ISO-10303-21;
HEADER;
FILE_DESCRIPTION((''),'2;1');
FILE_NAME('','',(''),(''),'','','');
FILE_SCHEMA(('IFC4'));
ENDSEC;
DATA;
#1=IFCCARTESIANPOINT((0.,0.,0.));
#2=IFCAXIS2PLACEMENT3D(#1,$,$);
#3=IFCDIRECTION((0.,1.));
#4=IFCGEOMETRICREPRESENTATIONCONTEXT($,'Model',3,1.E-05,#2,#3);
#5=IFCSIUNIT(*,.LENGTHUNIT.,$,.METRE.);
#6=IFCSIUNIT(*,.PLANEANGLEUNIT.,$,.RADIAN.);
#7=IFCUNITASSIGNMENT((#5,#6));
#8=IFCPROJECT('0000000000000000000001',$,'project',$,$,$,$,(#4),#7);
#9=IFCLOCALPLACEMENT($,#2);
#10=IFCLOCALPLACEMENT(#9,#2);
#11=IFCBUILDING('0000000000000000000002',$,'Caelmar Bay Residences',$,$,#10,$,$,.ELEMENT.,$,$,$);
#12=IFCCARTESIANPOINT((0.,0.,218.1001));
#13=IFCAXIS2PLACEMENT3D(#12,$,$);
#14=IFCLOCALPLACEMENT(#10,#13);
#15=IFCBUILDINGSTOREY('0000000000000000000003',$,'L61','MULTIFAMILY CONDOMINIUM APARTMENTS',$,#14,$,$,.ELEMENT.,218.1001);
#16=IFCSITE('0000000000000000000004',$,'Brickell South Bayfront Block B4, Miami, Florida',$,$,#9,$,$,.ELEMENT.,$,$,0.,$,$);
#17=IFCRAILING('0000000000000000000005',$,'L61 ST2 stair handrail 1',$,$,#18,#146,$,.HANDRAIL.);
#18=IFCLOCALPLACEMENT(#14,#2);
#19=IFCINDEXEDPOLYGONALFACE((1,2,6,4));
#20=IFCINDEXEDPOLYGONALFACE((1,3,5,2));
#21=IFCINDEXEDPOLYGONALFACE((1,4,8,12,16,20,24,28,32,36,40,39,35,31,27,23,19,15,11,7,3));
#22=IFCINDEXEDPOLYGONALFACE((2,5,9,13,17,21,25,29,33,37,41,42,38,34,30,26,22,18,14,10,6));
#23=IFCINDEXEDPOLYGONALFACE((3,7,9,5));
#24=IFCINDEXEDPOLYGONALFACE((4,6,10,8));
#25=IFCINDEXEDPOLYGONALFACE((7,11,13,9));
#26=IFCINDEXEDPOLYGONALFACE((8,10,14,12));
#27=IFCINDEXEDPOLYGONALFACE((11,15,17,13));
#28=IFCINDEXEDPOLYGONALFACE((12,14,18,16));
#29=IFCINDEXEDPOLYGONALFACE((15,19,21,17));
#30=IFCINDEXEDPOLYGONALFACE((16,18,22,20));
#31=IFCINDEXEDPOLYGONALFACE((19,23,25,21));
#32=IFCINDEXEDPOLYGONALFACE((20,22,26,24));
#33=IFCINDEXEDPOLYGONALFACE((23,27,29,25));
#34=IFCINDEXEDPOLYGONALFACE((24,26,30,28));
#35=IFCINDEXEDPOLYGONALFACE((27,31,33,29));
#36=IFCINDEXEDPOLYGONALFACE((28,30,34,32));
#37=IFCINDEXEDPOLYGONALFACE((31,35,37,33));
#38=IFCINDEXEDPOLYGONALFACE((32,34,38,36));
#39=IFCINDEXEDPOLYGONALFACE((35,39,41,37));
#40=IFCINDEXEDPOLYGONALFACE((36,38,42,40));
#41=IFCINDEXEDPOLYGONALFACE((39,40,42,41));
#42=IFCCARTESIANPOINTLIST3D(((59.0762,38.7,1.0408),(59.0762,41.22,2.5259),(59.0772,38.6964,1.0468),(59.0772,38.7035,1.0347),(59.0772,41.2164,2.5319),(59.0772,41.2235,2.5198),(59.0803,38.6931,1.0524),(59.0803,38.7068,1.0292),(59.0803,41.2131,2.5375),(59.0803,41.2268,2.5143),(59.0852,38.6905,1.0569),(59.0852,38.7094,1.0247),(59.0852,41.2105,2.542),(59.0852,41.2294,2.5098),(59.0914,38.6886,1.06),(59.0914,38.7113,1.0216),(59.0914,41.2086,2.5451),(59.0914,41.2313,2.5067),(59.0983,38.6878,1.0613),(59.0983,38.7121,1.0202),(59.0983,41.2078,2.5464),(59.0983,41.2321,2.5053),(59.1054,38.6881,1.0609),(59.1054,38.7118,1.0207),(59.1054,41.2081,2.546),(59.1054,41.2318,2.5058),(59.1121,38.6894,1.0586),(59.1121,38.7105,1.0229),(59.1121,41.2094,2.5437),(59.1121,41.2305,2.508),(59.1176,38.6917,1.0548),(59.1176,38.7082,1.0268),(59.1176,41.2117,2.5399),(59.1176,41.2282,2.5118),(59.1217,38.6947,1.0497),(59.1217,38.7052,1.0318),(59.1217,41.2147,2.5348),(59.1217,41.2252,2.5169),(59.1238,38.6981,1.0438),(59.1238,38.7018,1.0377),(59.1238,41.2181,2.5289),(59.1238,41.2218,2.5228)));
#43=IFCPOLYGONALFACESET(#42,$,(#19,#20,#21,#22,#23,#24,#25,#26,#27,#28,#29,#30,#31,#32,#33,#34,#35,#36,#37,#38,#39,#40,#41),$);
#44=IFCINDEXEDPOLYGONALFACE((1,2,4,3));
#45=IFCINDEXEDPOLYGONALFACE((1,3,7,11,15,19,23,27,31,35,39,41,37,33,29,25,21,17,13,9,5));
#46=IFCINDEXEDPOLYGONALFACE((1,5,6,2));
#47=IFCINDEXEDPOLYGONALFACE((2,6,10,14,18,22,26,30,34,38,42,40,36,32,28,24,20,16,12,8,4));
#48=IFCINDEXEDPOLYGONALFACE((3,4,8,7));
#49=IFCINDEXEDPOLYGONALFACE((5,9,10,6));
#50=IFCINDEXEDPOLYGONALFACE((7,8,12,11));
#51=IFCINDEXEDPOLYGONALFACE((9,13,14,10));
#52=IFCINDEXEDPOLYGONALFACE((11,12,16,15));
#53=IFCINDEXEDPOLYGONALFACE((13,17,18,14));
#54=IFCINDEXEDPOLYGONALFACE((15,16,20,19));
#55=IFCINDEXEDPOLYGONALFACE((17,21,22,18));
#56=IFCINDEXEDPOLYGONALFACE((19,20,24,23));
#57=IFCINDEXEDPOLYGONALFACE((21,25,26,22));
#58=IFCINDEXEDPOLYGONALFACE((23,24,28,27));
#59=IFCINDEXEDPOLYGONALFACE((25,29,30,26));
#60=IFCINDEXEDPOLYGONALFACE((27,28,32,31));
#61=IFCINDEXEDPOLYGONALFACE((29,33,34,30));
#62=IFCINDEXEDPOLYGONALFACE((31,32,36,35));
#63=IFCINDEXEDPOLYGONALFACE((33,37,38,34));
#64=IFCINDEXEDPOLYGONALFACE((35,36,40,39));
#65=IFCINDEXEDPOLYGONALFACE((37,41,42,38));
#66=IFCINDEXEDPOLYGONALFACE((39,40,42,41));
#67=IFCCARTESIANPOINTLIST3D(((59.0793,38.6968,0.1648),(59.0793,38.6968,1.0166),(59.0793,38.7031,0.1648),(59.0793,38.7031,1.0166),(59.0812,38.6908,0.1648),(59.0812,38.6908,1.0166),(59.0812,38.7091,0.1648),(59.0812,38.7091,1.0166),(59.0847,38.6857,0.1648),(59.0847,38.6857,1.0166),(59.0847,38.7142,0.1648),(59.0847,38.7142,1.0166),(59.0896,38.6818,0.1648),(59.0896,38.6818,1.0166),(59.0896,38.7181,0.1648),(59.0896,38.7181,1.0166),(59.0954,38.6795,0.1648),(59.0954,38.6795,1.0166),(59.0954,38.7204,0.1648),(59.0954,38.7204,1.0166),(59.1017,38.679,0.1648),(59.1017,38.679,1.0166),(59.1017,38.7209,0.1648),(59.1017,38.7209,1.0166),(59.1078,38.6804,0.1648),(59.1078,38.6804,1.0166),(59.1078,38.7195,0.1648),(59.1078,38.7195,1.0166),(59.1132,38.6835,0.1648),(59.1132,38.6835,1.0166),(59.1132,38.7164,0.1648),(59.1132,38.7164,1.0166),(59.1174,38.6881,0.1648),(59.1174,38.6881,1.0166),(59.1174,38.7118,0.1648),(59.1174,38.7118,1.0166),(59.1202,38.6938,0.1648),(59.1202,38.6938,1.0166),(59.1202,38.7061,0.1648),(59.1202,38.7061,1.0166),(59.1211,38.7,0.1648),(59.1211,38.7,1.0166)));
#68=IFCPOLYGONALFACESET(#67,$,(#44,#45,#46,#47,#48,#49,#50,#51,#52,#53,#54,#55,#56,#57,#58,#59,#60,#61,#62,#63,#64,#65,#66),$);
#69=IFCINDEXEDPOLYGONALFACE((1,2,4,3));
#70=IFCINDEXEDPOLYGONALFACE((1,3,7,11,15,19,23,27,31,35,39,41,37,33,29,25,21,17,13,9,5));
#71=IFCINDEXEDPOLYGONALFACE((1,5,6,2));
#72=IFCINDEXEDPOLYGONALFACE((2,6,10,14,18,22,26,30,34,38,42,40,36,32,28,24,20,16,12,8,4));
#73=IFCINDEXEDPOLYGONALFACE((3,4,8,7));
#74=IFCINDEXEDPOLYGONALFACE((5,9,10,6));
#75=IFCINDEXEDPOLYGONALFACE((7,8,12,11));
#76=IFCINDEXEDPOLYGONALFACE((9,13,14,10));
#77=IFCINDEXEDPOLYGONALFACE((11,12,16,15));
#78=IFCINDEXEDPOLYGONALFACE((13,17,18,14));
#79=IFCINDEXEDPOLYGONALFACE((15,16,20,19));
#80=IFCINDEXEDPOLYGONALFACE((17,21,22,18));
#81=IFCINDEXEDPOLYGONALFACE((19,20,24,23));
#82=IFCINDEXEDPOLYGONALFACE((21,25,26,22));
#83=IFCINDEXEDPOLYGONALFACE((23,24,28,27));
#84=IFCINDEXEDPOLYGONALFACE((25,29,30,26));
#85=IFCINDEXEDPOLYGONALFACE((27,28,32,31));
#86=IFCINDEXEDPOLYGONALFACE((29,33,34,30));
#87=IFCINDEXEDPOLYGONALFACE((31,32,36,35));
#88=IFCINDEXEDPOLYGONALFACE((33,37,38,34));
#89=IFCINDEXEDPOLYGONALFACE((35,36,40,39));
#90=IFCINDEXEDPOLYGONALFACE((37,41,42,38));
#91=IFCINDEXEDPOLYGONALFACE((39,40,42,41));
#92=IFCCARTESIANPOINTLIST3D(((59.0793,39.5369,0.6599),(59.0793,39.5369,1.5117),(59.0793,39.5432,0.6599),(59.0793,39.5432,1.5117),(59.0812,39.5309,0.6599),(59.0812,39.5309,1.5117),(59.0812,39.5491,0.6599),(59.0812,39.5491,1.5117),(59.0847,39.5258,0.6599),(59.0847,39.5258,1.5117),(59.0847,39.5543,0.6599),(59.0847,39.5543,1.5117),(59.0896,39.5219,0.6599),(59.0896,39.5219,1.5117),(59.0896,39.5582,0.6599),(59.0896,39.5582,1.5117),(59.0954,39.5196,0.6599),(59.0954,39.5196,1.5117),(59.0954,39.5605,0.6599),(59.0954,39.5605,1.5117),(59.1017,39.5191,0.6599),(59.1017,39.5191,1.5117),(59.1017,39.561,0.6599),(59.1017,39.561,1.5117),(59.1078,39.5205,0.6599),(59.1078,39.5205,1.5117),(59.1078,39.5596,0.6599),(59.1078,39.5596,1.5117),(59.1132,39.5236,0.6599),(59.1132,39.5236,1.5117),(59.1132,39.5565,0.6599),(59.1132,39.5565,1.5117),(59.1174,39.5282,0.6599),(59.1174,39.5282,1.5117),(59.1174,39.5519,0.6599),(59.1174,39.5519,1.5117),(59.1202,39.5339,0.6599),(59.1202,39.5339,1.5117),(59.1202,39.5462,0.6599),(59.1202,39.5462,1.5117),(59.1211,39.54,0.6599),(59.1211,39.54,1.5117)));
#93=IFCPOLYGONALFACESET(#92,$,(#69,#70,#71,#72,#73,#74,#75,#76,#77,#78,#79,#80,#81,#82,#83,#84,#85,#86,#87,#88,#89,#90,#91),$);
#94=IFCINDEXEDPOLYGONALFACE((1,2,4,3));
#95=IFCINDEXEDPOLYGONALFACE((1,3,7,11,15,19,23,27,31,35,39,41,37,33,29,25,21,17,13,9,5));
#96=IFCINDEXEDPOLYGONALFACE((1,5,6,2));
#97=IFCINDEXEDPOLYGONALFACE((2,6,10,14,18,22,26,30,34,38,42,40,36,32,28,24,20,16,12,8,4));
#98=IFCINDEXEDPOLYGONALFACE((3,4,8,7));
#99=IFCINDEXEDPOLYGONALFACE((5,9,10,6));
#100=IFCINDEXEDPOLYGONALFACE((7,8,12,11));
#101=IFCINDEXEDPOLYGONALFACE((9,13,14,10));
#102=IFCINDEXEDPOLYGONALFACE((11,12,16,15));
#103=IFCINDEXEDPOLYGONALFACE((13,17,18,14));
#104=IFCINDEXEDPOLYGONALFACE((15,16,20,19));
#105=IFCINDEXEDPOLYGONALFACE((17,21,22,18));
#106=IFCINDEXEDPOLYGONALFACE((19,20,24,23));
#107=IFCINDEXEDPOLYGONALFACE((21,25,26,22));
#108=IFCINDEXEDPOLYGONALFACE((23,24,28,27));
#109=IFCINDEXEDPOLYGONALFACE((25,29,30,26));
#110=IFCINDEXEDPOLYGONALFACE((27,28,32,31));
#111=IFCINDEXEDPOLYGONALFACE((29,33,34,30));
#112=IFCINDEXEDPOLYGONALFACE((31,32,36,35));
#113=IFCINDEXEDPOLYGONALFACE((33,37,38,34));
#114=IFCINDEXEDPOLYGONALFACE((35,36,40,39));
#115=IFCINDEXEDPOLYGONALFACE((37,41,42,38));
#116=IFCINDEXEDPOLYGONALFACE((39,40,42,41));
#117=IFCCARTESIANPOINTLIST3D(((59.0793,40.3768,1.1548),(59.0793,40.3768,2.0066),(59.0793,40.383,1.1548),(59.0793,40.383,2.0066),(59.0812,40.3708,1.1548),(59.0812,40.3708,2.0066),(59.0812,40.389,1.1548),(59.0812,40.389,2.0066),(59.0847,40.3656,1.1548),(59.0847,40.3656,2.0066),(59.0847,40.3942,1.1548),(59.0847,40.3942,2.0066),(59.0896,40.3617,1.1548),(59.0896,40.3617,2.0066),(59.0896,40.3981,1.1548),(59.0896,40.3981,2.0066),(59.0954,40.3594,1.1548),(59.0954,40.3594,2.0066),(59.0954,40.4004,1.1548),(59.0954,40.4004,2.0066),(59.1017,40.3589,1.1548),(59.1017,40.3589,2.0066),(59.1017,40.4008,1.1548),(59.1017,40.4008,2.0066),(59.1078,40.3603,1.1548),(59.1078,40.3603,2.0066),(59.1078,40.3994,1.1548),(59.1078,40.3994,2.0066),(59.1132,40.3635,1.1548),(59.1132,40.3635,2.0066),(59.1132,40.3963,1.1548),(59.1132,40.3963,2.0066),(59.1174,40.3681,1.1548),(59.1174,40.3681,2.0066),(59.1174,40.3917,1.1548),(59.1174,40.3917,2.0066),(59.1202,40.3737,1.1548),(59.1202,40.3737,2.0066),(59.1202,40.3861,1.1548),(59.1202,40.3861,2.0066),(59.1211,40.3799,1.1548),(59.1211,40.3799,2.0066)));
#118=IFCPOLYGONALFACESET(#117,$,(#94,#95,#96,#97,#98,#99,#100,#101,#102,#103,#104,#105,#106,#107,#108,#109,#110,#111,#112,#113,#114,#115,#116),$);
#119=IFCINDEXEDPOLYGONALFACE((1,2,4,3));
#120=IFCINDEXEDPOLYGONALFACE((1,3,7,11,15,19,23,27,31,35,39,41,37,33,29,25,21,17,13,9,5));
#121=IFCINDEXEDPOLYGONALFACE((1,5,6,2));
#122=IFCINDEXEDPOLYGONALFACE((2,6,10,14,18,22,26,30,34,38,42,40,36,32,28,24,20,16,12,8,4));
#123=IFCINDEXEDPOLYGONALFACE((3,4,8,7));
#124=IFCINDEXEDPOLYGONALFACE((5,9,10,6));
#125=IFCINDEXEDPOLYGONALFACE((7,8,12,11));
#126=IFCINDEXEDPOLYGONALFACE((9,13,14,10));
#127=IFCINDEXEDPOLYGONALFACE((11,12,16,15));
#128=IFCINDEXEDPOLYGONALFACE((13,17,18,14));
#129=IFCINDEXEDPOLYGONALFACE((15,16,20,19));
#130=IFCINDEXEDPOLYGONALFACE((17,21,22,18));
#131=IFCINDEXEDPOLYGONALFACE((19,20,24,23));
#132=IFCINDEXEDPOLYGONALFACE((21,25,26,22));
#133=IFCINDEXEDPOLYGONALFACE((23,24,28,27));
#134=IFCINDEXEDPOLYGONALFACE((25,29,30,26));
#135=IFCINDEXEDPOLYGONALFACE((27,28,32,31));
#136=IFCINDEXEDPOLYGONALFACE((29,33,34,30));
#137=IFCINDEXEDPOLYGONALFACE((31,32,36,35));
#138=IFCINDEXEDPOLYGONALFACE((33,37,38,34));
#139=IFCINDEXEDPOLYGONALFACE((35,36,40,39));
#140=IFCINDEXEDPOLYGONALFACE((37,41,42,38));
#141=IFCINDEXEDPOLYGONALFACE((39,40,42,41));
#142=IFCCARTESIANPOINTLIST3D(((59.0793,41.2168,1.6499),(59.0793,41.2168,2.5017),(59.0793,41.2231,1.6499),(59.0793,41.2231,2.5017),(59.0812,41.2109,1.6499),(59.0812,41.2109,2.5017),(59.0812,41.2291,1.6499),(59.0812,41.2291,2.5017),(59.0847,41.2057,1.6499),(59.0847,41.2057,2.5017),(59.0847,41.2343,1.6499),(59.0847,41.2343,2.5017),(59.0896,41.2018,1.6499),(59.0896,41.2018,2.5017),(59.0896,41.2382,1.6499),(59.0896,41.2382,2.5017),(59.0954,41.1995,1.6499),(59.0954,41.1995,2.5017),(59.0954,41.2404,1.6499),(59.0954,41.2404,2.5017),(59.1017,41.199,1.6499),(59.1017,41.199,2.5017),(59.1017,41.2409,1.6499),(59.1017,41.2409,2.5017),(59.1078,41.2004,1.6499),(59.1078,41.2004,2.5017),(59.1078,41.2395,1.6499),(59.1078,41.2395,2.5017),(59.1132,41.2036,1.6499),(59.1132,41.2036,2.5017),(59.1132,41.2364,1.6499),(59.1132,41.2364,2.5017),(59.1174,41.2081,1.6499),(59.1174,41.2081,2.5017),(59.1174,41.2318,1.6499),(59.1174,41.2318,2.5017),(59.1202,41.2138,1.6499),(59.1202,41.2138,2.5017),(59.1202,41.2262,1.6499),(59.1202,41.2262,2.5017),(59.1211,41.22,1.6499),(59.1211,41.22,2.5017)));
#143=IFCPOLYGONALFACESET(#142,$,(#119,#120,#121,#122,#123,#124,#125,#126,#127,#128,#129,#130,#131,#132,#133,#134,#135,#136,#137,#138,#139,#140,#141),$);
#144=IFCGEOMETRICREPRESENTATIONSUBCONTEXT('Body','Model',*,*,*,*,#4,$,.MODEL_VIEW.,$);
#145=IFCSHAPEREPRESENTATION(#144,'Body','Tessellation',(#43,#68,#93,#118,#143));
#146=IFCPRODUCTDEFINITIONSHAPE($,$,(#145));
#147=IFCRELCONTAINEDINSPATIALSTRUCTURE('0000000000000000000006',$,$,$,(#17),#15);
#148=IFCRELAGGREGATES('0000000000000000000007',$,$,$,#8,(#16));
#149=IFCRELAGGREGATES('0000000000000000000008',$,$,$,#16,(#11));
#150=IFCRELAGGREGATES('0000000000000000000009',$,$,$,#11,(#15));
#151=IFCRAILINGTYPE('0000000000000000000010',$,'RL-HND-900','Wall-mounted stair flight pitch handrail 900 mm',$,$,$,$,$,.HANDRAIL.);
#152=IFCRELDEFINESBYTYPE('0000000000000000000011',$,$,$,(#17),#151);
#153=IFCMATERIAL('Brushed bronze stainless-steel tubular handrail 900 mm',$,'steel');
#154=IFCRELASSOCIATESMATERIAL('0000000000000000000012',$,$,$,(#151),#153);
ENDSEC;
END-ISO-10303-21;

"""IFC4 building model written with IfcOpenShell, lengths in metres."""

from ifc_helpers import new_model, si_unit, direction, frame, origin, origin_2d, place, context, subcontext, project, spatial, circle, extrude, material, type_object, element, save


model = new_model("IFC4")

# Units and contexts
model_context = context("Model", 3, precision=1e-05, world=origin(), true_north=direction((0.0, 1.0)))
body_context = subcontext(model_context, "Body", "Model", "MODEL_VIEW")
ifc_project = project(units=[si_unit("LENGTHUNIT", "METRE"), si_unit("PLANEANGLEUNIT", "RADIAN")], contexts=[model_context])

# Site, building, storey
site_placement = place(None, origin())
site = spatial("IfcSite", under=ifc_project, at=site_placement, Name="Brickell South Bayfront Block B4, Miami, Florida", CompositionType="ELEMENT", RefElevation=0.0)
building_placement = place(site_placement, origin())
building = spatial("IfcBuilding", under=site, at=building_placement, Name="Caelmar Bay Residences", CompositionType="ELEMENT")
storey_placement = place(building_placement, frame((0.0, 0.0, 218.1001)))
storey = spatial("IfcBuildingStorey", under=building, at=storey_placement, Name="L61", Description="MULTIFAMILY CONDOMINIUM APARTMENTS", CompositionType="ELEMENT", Elevation=218.1001)

# Railing
ifc_material_1 = material(Name="Brushed bronze stainless-steel tubular handrail 900 mm", Category="steel")
railing_type_1 = type_object("IfcRailingType", Name="RL-HND-900", Description="Wall-mounted stair flight pitch handrail 900 mm", PredefinedType="HANDRAIL", material=ifc_material_1)
railing_1_placement = place(storey_placement, frame((59.1001, 38.7, 0.1648)))
element("IfcRailing", 1, at=railing_1_placement, inside=storey, type_object=railing_type_1, Name="L61 ST2 stair handrail 1", PredefinedType="HANDRAIL", context=body_context, shape_type="SweptSolid", body=[
    extrude(circle(Radius=0.0239, at=origin_2d()), frame((0.0, 0.0, 0.876), z_axis=(0.0, 0.861524, 0.507717), x_axis=(-1.0, 0.0, 0.0)), (0.0, 0.0, 1.0), 2.925),
    extrude(circle(Radius=0.021, at=origin_2d()), origin(), (0.0, 0.0, 1.0), 0.8518),
    extrude(circle(Radius=0.021, at=origin_2d()), frame((0.0, 0.8401, 0.4951)), (0.0, 0.0, 1.0), 0.8518),
    extrude(circle(Radius=0.021, at=origin_2d()), frame((0.0, 1.6799, 0.99)), (0.0, 0.0, 1.0), 0.8518),
    extrude(circle(Radius=0.021, at=origin_2d()), frame((0.0, 2.52, 1.4851)), (0.0, 0.0, 1.0), 0.8518),
])

save(model, "model.ifc")
